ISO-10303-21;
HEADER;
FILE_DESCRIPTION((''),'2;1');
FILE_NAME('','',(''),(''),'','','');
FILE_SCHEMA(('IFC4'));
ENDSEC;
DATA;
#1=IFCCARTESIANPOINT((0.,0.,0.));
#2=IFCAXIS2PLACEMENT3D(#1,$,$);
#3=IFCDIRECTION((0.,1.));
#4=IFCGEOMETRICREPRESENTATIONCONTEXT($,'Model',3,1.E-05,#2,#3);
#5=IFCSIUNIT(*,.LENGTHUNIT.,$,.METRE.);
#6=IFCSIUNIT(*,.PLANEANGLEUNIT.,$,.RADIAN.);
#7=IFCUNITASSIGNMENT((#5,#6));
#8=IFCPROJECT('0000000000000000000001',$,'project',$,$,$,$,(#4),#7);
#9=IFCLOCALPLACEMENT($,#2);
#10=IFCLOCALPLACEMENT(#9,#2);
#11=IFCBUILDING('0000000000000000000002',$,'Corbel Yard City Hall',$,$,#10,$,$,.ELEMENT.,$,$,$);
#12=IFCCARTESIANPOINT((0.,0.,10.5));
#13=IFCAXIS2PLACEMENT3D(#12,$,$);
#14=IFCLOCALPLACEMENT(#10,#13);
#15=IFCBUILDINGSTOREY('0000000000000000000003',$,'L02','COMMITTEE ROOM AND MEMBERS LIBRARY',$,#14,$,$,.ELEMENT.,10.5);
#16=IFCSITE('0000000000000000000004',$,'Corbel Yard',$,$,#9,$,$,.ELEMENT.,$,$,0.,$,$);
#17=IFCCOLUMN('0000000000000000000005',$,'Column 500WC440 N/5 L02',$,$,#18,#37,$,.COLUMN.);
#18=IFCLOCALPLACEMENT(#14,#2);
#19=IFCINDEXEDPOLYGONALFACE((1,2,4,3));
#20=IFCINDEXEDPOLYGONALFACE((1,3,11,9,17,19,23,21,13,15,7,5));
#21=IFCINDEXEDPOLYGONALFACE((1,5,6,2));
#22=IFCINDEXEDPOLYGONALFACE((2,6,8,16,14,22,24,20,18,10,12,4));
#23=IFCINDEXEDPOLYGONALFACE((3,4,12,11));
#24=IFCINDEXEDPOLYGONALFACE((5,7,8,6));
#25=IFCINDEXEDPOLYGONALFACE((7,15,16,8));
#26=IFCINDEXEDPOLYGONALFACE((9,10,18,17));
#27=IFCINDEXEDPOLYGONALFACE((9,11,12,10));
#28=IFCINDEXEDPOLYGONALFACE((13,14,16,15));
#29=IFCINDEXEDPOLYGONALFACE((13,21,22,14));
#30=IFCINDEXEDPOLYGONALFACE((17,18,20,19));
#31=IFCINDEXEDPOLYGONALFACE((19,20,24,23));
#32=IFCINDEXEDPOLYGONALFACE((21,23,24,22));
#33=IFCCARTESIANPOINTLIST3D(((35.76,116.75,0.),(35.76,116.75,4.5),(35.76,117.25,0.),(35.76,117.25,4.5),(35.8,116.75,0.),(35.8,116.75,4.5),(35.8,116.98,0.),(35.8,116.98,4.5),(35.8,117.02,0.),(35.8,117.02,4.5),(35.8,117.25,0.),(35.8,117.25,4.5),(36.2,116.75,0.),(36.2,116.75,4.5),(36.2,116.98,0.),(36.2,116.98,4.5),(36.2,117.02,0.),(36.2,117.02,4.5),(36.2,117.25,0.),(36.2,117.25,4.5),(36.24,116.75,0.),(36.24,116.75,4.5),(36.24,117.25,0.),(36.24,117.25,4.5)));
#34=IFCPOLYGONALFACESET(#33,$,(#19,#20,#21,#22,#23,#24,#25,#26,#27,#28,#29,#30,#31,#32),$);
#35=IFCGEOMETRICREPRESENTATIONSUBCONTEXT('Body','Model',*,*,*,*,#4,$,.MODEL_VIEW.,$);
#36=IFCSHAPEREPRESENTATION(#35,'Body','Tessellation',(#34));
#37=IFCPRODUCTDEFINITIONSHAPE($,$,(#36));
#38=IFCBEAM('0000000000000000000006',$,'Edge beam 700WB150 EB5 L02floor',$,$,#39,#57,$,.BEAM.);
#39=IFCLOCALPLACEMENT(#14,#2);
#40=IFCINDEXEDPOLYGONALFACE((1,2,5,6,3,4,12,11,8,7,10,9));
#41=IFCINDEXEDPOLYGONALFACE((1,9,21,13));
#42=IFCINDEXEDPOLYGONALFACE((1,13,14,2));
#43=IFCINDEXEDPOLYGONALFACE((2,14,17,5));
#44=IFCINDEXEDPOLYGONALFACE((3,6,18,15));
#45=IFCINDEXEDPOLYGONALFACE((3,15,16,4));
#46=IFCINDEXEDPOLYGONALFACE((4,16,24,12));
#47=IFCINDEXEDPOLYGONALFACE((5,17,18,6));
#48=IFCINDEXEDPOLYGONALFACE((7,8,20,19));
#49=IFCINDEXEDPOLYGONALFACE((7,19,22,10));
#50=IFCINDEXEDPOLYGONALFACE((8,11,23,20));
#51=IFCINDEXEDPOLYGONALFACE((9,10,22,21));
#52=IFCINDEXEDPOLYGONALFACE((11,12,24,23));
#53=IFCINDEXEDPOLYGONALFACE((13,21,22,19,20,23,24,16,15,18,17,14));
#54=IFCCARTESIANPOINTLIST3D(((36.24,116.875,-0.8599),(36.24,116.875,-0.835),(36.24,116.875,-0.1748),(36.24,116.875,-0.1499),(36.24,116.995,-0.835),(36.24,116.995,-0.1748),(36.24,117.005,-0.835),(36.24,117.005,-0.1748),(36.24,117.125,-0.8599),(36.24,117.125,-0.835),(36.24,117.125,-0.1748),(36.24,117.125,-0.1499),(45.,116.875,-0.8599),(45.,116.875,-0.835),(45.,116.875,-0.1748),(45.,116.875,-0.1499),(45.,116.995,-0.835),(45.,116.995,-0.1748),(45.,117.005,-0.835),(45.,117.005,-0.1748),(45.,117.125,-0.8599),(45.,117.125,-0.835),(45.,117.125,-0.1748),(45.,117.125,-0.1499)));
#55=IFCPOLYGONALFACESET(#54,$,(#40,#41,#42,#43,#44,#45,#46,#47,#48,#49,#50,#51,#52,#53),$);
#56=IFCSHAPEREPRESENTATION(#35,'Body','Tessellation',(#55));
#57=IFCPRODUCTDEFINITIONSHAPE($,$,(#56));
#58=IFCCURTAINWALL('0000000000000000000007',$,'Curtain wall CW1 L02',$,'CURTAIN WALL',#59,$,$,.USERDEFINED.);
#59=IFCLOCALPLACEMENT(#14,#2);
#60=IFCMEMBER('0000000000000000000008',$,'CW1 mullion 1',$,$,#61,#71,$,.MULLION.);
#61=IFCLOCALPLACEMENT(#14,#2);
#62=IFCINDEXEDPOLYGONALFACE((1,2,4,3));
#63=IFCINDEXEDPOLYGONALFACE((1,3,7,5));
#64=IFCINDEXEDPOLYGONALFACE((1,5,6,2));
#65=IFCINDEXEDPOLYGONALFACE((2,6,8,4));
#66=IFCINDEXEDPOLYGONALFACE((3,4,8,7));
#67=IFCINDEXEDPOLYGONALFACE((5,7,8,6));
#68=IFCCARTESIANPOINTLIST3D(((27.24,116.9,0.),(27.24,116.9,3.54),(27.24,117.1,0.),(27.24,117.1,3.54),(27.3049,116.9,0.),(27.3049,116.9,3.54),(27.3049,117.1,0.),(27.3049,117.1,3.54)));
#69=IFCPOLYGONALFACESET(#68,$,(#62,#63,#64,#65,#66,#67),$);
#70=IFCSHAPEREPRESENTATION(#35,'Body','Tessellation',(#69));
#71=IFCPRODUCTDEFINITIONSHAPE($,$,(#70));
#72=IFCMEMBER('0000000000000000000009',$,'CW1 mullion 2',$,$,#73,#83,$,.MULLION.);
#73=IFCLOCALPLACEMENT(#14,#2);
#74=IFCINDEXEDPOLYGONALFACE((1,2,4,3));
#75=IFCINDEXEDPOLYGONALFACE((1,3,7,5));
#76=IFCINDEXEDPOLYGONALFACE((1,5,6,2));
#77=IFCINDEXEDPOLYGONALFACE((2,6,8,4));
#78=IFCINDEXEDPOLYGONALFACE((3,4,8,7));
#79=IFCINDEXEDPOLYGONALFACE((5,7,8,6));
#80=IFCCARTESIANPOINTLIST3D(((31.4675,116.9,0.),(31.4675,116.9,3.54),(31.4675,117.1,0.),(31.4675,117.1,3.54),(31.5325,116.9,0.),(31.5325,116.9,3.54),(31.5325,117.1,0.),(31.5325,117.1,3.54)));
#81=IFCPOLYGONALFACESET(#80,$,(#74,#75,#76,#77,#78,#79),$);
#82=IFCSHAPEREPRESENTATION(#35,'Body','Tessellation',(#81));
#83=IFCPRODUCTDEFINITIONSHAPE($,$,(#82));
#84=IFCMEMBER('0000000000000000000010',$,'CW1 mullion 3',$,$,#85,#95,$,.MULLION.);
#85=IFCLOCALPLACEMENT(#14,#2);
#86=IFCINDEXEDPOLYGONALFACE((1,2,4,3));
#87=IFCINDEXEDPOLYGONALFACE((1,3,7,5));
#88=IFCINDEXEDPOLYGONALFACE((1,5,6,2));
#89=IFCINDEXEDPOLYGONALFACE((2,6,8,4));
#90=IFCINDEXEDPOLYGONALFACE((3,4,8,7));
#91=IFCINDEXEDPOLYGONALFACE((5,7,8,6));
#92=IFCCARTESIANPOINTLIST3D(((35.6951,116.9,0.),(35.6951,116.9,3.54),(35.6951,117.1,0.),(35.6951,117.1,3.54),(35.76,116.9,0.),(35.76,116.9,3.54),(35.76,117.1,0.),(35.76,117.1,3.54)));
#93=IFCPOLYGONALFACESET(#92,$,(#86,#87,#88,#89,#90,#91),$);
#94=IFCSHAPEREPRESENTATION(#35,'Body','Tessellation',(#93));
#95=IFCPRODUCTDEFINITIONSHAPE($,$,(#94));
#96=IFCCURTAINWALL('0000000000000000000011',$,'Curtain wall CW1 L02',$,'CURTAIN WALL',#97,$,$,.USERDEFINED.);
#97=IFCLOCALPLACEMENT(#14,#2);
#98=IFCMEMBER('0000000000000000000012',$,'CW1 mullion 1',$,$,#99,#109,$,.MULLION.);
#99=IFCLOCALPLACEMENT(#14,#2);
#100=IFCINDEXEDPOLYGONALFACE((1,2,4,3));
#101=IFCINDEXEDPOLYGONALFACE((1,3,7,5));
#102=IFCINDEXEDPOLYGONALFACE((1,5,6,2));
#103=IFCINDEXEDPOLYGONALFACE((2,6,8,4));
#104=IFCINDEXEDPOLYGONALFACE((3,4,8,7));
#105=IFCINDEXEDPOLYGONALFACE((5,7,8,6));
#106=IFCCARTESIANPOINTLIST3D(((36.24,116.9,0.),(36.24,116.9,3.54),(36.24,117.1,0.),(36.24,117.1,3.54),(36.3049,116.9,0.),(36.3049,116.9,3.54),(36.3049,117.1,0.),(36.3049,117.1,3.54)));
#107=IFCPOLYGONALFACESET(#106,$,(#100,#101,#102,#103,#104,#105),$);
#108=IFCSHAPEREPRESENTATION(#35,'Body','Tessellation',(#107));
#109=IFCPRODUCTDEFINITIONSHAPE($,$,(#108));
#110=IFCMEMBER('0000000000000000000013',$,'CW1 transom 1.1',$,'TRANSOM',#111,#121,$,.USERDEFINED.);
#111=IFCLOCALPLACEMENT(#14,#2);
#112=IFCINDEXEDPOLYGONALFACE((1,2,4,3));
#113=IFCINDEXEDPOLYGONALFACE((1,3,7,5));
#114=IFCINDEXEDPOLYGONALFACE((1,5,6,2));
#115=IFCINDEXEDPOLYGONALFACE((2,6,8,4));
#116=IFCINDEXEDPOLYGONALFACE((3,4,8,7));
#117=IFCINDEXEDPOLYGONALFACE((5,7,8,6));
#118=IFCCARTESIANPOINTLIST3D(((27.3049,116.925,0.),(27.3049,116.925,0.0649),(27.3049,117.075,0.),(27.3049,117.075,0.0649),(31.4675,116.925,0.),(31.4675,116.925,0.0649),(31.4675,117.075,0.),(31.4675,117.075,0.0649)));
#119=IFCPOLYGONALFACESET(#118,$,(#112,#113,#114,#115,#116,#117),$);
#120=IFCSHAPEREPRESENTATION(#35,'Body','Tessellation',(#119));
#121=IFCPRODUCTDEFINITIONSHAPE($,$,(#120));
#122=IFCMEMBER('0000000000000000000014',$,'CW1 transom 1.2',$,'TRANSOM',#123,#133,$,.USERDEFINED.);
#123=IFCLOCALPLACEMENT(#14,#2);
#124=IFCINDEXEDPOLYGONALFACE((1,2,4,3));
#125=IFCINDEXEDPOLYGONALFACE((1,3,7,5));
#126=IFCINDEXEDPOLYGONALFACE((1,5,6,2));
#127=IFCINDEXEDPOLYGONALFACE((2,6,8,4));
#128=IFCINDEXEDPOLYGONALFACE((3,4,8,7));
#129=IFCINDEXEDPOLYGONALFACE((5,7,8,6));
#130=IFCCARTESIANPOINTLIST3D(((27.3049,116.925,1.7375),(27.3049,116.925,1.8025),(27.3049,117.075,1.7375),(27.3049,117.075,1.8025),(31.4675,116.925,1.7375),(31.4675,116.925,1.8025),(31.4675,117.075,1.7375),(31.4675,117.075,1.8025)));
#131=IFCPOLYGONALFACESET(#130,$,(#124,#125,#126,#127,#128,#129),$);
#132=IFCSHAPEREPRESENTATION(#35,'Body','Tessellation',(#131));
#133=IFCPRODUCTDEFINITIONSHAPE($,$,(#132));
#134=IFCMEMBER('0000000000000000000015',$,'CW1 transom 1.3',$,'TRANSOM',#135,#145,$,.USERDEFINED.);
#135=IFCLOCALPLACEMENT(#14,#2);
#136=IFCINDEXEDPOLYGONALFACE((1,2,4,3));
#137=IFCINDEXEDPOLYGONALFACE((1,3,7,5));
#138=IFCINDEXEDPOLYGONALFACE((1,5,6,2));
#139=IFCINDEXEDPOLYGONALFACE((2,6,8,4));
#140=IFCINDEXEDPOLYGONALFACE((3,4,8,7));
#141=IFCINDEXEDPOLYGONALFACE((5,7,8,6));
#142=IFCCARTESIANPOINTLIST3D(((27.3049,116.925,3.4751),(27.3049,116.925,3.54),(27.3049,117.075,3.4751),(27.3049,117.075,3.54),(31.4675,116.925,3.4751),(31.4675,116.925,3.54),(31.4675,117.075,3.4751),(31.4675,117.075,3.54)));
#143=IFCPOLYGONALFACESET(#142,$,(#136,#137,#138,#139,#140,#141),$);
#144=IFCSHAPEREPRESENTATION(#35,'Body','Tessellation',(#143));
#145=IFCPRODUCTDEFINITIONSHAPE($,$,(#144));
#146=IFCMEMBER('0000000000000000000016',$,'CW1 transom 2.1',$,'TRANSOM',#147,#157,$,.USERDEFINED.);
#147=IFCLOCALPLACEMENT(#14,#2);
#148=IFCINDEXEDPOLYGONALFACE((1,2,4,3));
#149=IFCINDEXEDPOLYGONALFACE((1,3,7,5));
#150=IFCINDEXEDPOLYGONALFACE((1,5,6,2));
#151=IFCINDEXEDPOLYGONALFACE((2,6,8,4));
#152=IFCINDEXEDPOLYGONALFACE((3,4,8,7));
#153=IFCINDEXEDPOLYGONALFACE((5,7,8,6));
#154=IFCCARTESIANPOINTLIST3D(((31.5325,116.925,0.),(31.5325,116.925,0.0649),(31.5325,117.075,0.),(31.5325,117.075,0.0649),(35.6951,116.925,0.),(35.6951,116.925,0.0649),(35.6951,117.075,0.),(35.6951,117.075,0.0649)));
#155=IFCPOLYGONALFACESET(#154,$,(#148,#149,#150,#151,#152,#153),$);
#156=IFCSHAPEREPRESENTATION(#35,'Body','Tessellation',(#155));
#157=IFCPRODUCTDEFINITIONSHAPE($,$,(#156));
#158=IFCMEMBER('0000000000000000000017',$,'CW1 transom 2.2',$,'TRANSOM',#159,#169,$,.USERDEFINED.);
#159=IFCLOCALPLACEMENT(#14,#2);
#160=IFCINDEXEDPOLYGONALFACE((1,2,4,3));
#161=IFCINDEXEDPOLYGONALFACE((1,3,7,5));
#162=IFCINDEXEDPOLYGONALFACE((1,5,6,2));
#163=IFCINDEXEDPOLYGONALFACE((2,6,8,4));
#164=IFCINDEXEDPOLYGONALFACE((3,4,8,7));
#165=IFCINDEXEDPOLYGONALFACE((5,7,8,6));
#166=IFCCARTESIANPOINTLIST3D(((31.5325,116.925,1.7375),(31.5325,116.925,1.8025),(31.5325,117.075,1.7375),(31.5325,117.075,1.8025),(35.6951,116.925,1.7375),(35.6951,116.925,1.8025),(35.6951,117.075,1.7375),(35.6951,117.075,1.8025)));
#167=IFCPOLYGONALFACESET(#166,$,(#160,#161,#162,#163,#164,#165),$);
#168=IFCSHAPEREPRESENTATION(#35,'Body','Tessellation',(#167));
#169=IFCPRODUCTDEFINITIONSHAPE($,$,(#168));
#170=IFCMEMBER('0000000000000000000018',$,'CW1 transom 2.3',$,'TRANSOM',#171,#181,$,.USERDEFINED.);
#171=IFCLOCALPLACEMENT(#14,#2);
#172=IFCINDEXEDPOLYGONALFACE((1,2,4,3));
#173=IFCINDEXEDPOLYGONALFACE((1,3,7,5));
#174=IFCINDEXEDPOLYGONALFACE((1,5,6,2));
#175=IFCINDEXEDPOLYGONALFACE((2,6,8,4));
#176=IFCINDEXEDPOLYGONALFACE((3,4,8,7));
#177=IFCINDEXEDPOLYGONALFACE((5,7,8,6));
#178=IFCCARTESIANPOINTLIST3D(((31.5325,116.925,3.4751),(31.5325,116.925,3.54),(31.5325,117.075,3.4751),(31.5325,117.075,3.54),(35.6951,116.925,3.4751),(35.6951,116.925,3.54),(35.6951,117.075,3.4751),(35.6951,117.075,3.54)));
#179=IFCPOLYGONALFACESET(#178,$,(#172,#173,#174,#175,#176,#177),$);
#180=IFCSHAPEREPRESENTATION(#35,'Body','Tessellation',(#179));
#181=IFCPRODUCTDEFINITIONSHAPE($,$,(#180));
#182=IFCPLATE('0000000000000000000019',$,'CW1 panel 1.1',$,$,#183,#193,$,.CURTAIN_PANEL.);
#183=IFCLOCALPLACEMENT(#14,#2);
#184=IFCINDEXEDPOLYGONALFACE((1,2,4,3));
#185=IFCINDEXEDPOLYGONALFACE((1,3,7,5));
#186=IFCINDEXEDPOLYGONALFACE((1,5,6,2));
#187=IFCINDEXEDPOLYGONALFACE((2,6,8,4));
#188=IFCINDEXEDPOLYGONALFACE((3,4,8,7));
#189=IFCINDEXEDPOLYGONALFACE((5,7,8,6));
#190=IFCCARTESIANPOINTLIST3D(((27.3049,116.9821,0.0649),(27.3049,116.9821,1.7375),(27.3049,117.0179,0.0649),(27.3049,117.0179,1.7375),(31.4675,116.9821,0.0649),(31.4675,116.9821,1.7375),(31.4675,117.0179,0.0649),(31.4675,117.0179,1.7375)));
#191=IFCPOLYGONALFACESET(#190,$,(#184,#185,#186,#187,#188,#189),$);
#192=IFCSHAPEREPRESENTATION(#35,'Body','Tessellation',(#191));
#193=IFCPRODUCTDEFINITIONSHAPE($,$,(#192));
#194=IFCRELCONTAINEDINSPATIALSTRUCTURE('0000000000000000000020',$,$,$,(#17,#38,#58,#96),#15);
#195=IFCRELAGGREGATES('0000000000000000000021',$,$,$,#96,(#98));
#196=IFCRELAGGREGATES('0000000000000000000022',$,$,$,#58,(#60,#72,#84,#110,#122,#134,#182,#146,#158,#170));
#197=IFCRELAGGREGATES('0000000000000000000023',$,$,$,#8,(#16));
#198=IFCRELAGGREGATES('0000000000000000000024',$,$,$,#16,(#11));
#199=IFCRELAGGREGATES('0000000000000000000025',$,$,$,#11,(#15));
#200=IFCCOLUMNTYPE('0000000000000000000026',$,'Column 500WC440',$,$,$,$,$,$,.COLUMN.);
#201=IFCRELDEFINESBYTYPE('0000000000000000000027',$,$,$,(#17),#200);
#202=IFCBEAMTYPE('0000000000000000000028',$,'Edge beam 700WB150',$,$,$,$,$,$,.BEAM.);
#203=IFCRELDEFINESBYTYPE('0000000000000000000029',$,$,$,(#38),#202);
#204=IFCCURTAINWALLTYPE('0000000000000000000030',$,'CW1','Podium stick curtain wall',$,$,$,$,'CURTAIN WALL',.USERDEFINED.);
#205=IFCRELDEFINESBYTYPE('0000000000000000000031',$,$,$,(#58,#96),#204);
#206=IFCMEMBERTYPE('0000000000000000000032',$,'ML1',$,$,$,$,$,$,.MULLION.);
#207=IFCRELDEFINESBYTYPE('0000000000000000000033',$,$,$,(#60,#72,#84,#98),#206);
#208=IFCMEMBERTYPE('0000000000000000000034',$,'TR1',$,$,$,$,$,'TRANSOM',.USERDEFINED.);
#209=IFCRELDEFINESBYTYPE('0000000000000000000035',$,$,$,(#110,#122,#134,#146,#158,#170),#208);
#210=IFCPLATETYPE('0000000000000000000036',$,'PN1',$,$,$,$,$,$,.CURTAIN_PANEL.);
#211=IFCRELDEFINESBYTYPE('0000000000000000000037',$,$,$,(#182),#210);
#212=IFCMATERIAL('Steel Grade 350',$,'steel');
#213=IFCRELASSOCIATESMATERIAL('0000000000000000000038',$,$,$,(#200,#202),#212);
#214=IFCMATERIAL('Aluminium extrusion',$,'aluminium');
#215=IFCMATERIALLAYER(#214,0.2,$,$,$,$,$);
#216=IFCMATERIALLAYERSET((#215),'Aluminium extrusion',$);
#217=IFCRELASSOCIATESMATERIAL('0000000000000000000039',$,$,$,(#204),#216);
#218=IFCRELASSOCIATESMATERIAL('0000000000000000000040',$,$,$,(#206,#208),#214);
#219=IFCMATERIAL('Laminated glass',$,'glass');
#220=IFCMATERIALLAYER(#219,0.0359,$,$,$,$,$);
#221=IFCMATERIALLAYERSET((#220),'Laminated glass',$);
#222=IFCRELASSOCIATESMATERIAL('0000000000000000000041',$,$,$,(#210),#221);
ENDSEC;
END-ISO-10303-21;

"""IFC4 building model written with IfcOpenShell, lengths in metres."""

from ifc_helpers import new_model, si_unit, direction, frame, origin, origin_2d, place, context, subcontext, project, spatial, rectangle, i_section, extrude, material, layer, layer_set, material_profile, profile_set, type_object, element, aggregate, save


model = new_model("IFC4")

# Units and contexts
model_context = context("Model", 3, precision=1e-05, world=origin(), true_north=direction((0.0, 1.0)))
body_context = subcontext(model_context, "Body", "Model", "MODEL_VIEW")
ifc_project = project(units=[si_unit("LENGTHUNIT", "METRE"), si_unit("PLANEANGLEUNIT", "RADIAN")], contexts=[model_context])

# Site, building, storey
site_placement = place(None, origin())
site = spatial("IfcSite", under=ifc_project, at=site_placement, Name="Corbel Yard", CompositionType="ELEMENT", RefElevation=0.0)
building_placement = place(site_placement, origin())
building = spatial("IfcBuilding", under=site, at=building_placement, Name="Corbel Yard City Hall", CompositionType="ELEMENT")
storey_placement = place(building_placement, frame((0.0, 0.0, 10.5)))
storey = spatial("IfcBuildingStorey", under=building, at=storey_placement, Name="L02", Description="COMMITTEE ROOM AND MEMBERS LIBRARY", CompositionType="ELEMENT", Elevation=10.5)

# Column
ifc_material_1 = material(Name="Steel Grade 350", Category="steel")
ifc_material_profile_1 = material_profile(ifc_material_1, i_section(OverallWidth=0.5, OverallDepth=0.48, WebThickness=0.04, FlangeThickness=0.04, at=origin_2d()), Name="500WC440")
ifc_profile_set_1 = profile_set([ifc_material_profile_1], Name="Steel Grade 350")
column_type = type_object("IfcColumnType", Name="Column 500WC440", PredefinedType="COLUMN", material=ifc_profile_set_1)
column_placement = place(storey_placement, frame((36.0, 117.0, 0.0), z_axis=(0.0, 0.0, 1.0), x_axis=(0.0, 1.0, 0.0)))
element("IfcColumn", 1, at=column_placement, inside=storey, type_object=column_type, Name="Column 500WC440 N/5 L02", PredefinedType="COLUMN", context=body_context, shape_type="SweptSolid", body=[
    extrude(i_section(OverallWidth=0.5, OverallDepth=0.48, WebThickness=0.04, FlangeThickness=0.04, at=origin_2d()), origin(), (0.0, 0.0, 1.0), 4.5),
])

# Beam
ifc_material_profile_2 = material_profile(ifc_material_1, i_section(OverallWidth=0.25, OverallDepth=0.71, WebThickness=0.01, FlangeThickness=0.0249, at=origin_2d()), Name="700WB150")
ifc_profile_set_2 = profile_set([ifc_material_profile_2], Name="Steel Grade 350")
beam_type = type_object("IfcBeamType", Name="Edge beam 700WB150", PredefinedType="BEAM", material=ifc_profile_set_2)
beam_placement = place(storey_placement, frame((36.24, 117.0, -0.5049), z_axis=(1.0, 0.0, 0.0), x_axis=(0.0, 1.0, 0.0)))
element("IfcBeam", 2, at=beam_placement, inside=storey, type_object=beam_type, Name="Edge beam 700WB150 EB5 L02floor", PredefinedType="BEAM", context=body_context, shape_type="SweptSolid", body=[
    extrude(i_section(OverallWidth=0.25, OverallDepth=0.71, WebThickness=0.01, FlangeThickness=0.0249, at=origin_2d()), origin(), (0.0, 0.0, 1.0), 8.76),
])

# Curtain wall, members
ifc_material_2 = material(Name="Aluminium extrusion", Category="aluminium")
ifc_layer_1 = layer(ifc_material_2, 0.2)
ifc_layer_set_1 = layer_set([ifc_layer_1], Name="Aluminium extrusion")
curtain_wall_type = type_object("IfcCurtainWallType", Name="CW1", Description="Podium stick curtain wall", ElementType="CURTAIN WALL", PredefinedType="USERDEFINED", material=ifc_layer_set_1)
curtain_wall_1_placement = place(storey_placement, origin())
curtain_wall_1 = element("IfcCurtainWall", 3, at=curtain_wall_1_placement, inside=storey, type_object=curtain_wall_type, Name="Curtain wall CW1 L02", ObjectType="CURTAIN WALL", PredefinedType="USERDEFINED")
ifc_material_profile_3 = material_profile(ifc_material_2, rectangle(XDim=0.2, YDim=0.0649, at=origin_2d()), Name="200x65")
ifc_profile_set_3 = profile_set([ifc_material_profile_3], Name="Aluminium extrusion")
member_type_1 = type_object("IfcMemberType", Name="ML1", PredefinedType="MULLION", material=ifc_profile_set_3)
member_1_placement = place(storey_placement, frame((27.2725, 117.0, 0.0), z_axis=(0.0, 0.0, 1.0), x_axis=(0.0, 1.0, 0.0)))
member_1 = element("IfcMember", 4, at=member_1_placement, type_object=member_type_1, Name="CW1 mullion 1", PredefinedType="MULLION", context=body_context, shape_type="SweptSolid", body=[
    extrude(rectangle(XDim=0.2, YDim=0.0649, at=origin_2d()), origin(), (0.0, 0.0, 1.0), 3.54),
])
member_2_placement = place(storey_placement, frame((31.5, 117.0, 0.0), z_axis=(0.0, 0.0, 1.0), x_axis=(0.0, 1.0, 0.0)))
member_2 = element("IfcMember", 5, at=member_2_placement, type_object=member_type_1, Name="CW1 mullion 2", PredefinedType="MULLION", context=body_context, shape_type="SweptSolid", body=[
    extrude(rectangle(XDim=0.2, YDim=0.0649, at=origin_2d()), origin(), (0.0, 0.0, 1.0), 3.54),
])
member_3_placement = place(storey_placement, frame((35.7275, 117.0, 0.0), z_axis=(0.0, 0.0, 1.0), x_axis=(0.0, 1.0, 0.0)))
member_3 = element("IfcMember", 6, at=member_3_placement, type_object=member_type_1, Name="CW1 mullion 3", PredefinedType="MULLION", context=body_context, shape_type="SweptSolid", body=[
    extrude(rectangle(XDim=0.2, YDim=0.0649, at=origin_2d()), origin(), (0.0, 0.0, 1.0), 3.54),
])

# Curtain wall, member
curtain_wall_2_placement = place(storey_placement, origin())
curtain_wall_2 = element("IfcCurtainWall", 7, at=curtain_wall_2_placement, inside=storey, type_object=curtain_wall_type, Name="Curtain wall CW1 L02", ObjectType="CURTAIN WALL", PredefinedType="USERDEFINED")
member_4_placement = place(storey_placement, frame((36.2725, 117.0, 0.0), z_axis=(0.0, 0.0, 1.0), x_axis=(0.0, 1.0, 0.0)))
member_4 = element("IfcMember", 8, at=member_4_placement, type_object=member_type_1, Name="CW1 mullion 1", PredefinedType="MULLION", context=body_context, shape_type="SweptSolid", body=[
    extrude(rectangle(XDim=0.2, YDim=0.0649, at=origin_2d()), origin(), (0.0, 0.0, 1.0), 3.54),
])
aggregate(curtain_wall_2, [member_4])

# Members
ifc_material_profile_4 = material_profile(ifc_material_2, rectangle(XDim=0.1499, YDim=0.0649, at=origin_2d()), Name="150x65")
ifc_profile_set_4 = profile_set([ifc_material_profile_4], Name="Aluminium extrusion")
member_type_2 = type_object("IfcMemberType", Name="TR1", ElementType="TRANSOM", PredefinedType="USERDEFINED", material=ifc_profile_set_4)
member_5_placement = place(storey_placement, frame((27.3049, 117.0, 0.0325), z_axis=(1.0, 0.0, 0.0), x_axis=(0.0, 1.0, 0.0)))
member_5 = element("IfcMember", 9, at=member_5_placement, type_object=member_type_2, Name="CW1 transom 1.1", ObjectType="TRANSOM", PredefinedType="USERDEFINED", context=body_context, shape_type="SweptSolid", body=[
    extrude(rectangle(XDim=0.1499, YDim=0.0649, at=origin_2d()), origin(), (0.0, 0.0, 1.0), 4.1626),
])
member_6_placement = place(storey_placement, frame((27.3049, 117.0, 1.77), z_axis=(1.0, 0.0, 0.0), x_axis=(0.0, 1.0, 0.0)))
member_6 = element("IfcMember", 10, at=member_6_placement, type_object=member_type_2, Name="CW1 transom 1.2", ObjectType="TRANSOM", PredefinedType="USERDEFINED", context=body_context, shape_type="SweptSolid", body=[
    extrude(rectangle(XDim=0.1499, YDim=0.0649, at=origin_2d()), origin(), (0.0, 0.0, 1.0), 4.1626),
])
member_7_placement = place(storey_placement, frame((27.3049, 117.0, 3.5076), z_axis=(1.0, 0.0, 0.0), x_axis=(0.0, 1.0, 0.0)))
member_7 = element("IfcMember", 11, at=member_7_placement, type_object=member_type_2, Name="CW1 transom 1.3", ObjectType="TRANSOM", PredefinedType="USERDEFINED", context=body_context, shape_type="SweptSolid", body=[
    extrude(rectangle(XDim=0.1499, YDim=0.0649, at=origin_2d()), origin(), (0.0, 0.0, 1.0), 4.1626),
])
member_8_placement = place(storey_placement, frame((31.5325, 117.0, 0.0325), z_axis=(1.0, 0.0, 0.0), x_axis=(0.0, 1.0, 0.0)))
member_8 = element("IfcMember", 12, at=member_8_placement, type_object=member_type_2, Name="CW1 transom 2.1", ObjectType="TRANSOM", PredefinedType="USERDEFINED", context=body_context, shape_type="SweptSolid", body=[
    extrude(rectangle(XDim=0.1499, YDim=0.0649, at=origin_2d()), origin(), (0.0, 0.0, 1.0), 4.1626),
])
member_9_placement = place(storey_placement, frame((31.5325, 117.0, 1.77), z_axis=(1.0, 0.0, 0.0), x_axis=(0.0, 1.0, 0.0)))
member_9 = element("IfcMember", 13, at=member_9_placement, type_object=member_type_2, Name="CW1 transom 2.2", ObjectType="TRANSOM", PredefinedType="USERDEFINED", context=body_context, shape_type="SweptSolid", body=[
    extrude(rectangle(XDim=0.1499, YDim=0.0649, at=origin_2d()), origin(), (0.0, 0.0, 1.0), 4.1626),
])
member_10_placement = place(storey_placement, frame((31.5325, 117.0, 3.5076), z_axis=(1.0, 0.0, 0.0), x_axis=(0.0, 1.0, 0.0)))
member_10 = element("IfcMember", 14, at=member_10_placement, type_object=member_type_2, Name="CW1 transom 2.3", ObjectType="TRANSOM", PredefinedType="USERDEFINED", context=body_context, shape_type="SweptSolid", body=[
    extrude(rectangle(XDim=0.1499, YDim=0.0649, at=origin_2d()), origin(), (0.0, 0.0, 1.0), 4.1626),
])

# Plate
ifc_material_3 = material(Name="Laminated glass", Category="glass")
ifc_layer_2 = layer(ifc_material_3, 0.0359)
ifc_layer_set_2 = layer_set([ifc_layer_2], Name="Laminated glass")
plate_type = type_object("IfcPlateType", Name="PN1", PredefinedType="CURTAIN_PANEL", material=ifc_layer_set_2)
plate_1_placement = place(storey_placement, frame((29.3862, 117.0, 0.0649), z_axis=(0.0, 0.0, 1.0), x_axis=(1.0, 0.0, 0.0)))
plate_1 = element("IfcPlate", 15, at=plate_1_placement, type_object=plate_type, Name="CW1 panel 1.1", PredefinedType="CURTAIN_PANEL", context=body_context, shape_type="SweptSolid", body=[
    extrude(rectangle(XDim=4.1626, YDim=0.0359, at=origin_2d()), origin(), (0.0, 0.0, 1.0), 1.6726),
])
aggregate(curtain_wall_1, [member_1, member_2, member_3, member_5, member_6, member_7, plate_1, member_8, member_9, member_10])

save(model, "model.ifc")
